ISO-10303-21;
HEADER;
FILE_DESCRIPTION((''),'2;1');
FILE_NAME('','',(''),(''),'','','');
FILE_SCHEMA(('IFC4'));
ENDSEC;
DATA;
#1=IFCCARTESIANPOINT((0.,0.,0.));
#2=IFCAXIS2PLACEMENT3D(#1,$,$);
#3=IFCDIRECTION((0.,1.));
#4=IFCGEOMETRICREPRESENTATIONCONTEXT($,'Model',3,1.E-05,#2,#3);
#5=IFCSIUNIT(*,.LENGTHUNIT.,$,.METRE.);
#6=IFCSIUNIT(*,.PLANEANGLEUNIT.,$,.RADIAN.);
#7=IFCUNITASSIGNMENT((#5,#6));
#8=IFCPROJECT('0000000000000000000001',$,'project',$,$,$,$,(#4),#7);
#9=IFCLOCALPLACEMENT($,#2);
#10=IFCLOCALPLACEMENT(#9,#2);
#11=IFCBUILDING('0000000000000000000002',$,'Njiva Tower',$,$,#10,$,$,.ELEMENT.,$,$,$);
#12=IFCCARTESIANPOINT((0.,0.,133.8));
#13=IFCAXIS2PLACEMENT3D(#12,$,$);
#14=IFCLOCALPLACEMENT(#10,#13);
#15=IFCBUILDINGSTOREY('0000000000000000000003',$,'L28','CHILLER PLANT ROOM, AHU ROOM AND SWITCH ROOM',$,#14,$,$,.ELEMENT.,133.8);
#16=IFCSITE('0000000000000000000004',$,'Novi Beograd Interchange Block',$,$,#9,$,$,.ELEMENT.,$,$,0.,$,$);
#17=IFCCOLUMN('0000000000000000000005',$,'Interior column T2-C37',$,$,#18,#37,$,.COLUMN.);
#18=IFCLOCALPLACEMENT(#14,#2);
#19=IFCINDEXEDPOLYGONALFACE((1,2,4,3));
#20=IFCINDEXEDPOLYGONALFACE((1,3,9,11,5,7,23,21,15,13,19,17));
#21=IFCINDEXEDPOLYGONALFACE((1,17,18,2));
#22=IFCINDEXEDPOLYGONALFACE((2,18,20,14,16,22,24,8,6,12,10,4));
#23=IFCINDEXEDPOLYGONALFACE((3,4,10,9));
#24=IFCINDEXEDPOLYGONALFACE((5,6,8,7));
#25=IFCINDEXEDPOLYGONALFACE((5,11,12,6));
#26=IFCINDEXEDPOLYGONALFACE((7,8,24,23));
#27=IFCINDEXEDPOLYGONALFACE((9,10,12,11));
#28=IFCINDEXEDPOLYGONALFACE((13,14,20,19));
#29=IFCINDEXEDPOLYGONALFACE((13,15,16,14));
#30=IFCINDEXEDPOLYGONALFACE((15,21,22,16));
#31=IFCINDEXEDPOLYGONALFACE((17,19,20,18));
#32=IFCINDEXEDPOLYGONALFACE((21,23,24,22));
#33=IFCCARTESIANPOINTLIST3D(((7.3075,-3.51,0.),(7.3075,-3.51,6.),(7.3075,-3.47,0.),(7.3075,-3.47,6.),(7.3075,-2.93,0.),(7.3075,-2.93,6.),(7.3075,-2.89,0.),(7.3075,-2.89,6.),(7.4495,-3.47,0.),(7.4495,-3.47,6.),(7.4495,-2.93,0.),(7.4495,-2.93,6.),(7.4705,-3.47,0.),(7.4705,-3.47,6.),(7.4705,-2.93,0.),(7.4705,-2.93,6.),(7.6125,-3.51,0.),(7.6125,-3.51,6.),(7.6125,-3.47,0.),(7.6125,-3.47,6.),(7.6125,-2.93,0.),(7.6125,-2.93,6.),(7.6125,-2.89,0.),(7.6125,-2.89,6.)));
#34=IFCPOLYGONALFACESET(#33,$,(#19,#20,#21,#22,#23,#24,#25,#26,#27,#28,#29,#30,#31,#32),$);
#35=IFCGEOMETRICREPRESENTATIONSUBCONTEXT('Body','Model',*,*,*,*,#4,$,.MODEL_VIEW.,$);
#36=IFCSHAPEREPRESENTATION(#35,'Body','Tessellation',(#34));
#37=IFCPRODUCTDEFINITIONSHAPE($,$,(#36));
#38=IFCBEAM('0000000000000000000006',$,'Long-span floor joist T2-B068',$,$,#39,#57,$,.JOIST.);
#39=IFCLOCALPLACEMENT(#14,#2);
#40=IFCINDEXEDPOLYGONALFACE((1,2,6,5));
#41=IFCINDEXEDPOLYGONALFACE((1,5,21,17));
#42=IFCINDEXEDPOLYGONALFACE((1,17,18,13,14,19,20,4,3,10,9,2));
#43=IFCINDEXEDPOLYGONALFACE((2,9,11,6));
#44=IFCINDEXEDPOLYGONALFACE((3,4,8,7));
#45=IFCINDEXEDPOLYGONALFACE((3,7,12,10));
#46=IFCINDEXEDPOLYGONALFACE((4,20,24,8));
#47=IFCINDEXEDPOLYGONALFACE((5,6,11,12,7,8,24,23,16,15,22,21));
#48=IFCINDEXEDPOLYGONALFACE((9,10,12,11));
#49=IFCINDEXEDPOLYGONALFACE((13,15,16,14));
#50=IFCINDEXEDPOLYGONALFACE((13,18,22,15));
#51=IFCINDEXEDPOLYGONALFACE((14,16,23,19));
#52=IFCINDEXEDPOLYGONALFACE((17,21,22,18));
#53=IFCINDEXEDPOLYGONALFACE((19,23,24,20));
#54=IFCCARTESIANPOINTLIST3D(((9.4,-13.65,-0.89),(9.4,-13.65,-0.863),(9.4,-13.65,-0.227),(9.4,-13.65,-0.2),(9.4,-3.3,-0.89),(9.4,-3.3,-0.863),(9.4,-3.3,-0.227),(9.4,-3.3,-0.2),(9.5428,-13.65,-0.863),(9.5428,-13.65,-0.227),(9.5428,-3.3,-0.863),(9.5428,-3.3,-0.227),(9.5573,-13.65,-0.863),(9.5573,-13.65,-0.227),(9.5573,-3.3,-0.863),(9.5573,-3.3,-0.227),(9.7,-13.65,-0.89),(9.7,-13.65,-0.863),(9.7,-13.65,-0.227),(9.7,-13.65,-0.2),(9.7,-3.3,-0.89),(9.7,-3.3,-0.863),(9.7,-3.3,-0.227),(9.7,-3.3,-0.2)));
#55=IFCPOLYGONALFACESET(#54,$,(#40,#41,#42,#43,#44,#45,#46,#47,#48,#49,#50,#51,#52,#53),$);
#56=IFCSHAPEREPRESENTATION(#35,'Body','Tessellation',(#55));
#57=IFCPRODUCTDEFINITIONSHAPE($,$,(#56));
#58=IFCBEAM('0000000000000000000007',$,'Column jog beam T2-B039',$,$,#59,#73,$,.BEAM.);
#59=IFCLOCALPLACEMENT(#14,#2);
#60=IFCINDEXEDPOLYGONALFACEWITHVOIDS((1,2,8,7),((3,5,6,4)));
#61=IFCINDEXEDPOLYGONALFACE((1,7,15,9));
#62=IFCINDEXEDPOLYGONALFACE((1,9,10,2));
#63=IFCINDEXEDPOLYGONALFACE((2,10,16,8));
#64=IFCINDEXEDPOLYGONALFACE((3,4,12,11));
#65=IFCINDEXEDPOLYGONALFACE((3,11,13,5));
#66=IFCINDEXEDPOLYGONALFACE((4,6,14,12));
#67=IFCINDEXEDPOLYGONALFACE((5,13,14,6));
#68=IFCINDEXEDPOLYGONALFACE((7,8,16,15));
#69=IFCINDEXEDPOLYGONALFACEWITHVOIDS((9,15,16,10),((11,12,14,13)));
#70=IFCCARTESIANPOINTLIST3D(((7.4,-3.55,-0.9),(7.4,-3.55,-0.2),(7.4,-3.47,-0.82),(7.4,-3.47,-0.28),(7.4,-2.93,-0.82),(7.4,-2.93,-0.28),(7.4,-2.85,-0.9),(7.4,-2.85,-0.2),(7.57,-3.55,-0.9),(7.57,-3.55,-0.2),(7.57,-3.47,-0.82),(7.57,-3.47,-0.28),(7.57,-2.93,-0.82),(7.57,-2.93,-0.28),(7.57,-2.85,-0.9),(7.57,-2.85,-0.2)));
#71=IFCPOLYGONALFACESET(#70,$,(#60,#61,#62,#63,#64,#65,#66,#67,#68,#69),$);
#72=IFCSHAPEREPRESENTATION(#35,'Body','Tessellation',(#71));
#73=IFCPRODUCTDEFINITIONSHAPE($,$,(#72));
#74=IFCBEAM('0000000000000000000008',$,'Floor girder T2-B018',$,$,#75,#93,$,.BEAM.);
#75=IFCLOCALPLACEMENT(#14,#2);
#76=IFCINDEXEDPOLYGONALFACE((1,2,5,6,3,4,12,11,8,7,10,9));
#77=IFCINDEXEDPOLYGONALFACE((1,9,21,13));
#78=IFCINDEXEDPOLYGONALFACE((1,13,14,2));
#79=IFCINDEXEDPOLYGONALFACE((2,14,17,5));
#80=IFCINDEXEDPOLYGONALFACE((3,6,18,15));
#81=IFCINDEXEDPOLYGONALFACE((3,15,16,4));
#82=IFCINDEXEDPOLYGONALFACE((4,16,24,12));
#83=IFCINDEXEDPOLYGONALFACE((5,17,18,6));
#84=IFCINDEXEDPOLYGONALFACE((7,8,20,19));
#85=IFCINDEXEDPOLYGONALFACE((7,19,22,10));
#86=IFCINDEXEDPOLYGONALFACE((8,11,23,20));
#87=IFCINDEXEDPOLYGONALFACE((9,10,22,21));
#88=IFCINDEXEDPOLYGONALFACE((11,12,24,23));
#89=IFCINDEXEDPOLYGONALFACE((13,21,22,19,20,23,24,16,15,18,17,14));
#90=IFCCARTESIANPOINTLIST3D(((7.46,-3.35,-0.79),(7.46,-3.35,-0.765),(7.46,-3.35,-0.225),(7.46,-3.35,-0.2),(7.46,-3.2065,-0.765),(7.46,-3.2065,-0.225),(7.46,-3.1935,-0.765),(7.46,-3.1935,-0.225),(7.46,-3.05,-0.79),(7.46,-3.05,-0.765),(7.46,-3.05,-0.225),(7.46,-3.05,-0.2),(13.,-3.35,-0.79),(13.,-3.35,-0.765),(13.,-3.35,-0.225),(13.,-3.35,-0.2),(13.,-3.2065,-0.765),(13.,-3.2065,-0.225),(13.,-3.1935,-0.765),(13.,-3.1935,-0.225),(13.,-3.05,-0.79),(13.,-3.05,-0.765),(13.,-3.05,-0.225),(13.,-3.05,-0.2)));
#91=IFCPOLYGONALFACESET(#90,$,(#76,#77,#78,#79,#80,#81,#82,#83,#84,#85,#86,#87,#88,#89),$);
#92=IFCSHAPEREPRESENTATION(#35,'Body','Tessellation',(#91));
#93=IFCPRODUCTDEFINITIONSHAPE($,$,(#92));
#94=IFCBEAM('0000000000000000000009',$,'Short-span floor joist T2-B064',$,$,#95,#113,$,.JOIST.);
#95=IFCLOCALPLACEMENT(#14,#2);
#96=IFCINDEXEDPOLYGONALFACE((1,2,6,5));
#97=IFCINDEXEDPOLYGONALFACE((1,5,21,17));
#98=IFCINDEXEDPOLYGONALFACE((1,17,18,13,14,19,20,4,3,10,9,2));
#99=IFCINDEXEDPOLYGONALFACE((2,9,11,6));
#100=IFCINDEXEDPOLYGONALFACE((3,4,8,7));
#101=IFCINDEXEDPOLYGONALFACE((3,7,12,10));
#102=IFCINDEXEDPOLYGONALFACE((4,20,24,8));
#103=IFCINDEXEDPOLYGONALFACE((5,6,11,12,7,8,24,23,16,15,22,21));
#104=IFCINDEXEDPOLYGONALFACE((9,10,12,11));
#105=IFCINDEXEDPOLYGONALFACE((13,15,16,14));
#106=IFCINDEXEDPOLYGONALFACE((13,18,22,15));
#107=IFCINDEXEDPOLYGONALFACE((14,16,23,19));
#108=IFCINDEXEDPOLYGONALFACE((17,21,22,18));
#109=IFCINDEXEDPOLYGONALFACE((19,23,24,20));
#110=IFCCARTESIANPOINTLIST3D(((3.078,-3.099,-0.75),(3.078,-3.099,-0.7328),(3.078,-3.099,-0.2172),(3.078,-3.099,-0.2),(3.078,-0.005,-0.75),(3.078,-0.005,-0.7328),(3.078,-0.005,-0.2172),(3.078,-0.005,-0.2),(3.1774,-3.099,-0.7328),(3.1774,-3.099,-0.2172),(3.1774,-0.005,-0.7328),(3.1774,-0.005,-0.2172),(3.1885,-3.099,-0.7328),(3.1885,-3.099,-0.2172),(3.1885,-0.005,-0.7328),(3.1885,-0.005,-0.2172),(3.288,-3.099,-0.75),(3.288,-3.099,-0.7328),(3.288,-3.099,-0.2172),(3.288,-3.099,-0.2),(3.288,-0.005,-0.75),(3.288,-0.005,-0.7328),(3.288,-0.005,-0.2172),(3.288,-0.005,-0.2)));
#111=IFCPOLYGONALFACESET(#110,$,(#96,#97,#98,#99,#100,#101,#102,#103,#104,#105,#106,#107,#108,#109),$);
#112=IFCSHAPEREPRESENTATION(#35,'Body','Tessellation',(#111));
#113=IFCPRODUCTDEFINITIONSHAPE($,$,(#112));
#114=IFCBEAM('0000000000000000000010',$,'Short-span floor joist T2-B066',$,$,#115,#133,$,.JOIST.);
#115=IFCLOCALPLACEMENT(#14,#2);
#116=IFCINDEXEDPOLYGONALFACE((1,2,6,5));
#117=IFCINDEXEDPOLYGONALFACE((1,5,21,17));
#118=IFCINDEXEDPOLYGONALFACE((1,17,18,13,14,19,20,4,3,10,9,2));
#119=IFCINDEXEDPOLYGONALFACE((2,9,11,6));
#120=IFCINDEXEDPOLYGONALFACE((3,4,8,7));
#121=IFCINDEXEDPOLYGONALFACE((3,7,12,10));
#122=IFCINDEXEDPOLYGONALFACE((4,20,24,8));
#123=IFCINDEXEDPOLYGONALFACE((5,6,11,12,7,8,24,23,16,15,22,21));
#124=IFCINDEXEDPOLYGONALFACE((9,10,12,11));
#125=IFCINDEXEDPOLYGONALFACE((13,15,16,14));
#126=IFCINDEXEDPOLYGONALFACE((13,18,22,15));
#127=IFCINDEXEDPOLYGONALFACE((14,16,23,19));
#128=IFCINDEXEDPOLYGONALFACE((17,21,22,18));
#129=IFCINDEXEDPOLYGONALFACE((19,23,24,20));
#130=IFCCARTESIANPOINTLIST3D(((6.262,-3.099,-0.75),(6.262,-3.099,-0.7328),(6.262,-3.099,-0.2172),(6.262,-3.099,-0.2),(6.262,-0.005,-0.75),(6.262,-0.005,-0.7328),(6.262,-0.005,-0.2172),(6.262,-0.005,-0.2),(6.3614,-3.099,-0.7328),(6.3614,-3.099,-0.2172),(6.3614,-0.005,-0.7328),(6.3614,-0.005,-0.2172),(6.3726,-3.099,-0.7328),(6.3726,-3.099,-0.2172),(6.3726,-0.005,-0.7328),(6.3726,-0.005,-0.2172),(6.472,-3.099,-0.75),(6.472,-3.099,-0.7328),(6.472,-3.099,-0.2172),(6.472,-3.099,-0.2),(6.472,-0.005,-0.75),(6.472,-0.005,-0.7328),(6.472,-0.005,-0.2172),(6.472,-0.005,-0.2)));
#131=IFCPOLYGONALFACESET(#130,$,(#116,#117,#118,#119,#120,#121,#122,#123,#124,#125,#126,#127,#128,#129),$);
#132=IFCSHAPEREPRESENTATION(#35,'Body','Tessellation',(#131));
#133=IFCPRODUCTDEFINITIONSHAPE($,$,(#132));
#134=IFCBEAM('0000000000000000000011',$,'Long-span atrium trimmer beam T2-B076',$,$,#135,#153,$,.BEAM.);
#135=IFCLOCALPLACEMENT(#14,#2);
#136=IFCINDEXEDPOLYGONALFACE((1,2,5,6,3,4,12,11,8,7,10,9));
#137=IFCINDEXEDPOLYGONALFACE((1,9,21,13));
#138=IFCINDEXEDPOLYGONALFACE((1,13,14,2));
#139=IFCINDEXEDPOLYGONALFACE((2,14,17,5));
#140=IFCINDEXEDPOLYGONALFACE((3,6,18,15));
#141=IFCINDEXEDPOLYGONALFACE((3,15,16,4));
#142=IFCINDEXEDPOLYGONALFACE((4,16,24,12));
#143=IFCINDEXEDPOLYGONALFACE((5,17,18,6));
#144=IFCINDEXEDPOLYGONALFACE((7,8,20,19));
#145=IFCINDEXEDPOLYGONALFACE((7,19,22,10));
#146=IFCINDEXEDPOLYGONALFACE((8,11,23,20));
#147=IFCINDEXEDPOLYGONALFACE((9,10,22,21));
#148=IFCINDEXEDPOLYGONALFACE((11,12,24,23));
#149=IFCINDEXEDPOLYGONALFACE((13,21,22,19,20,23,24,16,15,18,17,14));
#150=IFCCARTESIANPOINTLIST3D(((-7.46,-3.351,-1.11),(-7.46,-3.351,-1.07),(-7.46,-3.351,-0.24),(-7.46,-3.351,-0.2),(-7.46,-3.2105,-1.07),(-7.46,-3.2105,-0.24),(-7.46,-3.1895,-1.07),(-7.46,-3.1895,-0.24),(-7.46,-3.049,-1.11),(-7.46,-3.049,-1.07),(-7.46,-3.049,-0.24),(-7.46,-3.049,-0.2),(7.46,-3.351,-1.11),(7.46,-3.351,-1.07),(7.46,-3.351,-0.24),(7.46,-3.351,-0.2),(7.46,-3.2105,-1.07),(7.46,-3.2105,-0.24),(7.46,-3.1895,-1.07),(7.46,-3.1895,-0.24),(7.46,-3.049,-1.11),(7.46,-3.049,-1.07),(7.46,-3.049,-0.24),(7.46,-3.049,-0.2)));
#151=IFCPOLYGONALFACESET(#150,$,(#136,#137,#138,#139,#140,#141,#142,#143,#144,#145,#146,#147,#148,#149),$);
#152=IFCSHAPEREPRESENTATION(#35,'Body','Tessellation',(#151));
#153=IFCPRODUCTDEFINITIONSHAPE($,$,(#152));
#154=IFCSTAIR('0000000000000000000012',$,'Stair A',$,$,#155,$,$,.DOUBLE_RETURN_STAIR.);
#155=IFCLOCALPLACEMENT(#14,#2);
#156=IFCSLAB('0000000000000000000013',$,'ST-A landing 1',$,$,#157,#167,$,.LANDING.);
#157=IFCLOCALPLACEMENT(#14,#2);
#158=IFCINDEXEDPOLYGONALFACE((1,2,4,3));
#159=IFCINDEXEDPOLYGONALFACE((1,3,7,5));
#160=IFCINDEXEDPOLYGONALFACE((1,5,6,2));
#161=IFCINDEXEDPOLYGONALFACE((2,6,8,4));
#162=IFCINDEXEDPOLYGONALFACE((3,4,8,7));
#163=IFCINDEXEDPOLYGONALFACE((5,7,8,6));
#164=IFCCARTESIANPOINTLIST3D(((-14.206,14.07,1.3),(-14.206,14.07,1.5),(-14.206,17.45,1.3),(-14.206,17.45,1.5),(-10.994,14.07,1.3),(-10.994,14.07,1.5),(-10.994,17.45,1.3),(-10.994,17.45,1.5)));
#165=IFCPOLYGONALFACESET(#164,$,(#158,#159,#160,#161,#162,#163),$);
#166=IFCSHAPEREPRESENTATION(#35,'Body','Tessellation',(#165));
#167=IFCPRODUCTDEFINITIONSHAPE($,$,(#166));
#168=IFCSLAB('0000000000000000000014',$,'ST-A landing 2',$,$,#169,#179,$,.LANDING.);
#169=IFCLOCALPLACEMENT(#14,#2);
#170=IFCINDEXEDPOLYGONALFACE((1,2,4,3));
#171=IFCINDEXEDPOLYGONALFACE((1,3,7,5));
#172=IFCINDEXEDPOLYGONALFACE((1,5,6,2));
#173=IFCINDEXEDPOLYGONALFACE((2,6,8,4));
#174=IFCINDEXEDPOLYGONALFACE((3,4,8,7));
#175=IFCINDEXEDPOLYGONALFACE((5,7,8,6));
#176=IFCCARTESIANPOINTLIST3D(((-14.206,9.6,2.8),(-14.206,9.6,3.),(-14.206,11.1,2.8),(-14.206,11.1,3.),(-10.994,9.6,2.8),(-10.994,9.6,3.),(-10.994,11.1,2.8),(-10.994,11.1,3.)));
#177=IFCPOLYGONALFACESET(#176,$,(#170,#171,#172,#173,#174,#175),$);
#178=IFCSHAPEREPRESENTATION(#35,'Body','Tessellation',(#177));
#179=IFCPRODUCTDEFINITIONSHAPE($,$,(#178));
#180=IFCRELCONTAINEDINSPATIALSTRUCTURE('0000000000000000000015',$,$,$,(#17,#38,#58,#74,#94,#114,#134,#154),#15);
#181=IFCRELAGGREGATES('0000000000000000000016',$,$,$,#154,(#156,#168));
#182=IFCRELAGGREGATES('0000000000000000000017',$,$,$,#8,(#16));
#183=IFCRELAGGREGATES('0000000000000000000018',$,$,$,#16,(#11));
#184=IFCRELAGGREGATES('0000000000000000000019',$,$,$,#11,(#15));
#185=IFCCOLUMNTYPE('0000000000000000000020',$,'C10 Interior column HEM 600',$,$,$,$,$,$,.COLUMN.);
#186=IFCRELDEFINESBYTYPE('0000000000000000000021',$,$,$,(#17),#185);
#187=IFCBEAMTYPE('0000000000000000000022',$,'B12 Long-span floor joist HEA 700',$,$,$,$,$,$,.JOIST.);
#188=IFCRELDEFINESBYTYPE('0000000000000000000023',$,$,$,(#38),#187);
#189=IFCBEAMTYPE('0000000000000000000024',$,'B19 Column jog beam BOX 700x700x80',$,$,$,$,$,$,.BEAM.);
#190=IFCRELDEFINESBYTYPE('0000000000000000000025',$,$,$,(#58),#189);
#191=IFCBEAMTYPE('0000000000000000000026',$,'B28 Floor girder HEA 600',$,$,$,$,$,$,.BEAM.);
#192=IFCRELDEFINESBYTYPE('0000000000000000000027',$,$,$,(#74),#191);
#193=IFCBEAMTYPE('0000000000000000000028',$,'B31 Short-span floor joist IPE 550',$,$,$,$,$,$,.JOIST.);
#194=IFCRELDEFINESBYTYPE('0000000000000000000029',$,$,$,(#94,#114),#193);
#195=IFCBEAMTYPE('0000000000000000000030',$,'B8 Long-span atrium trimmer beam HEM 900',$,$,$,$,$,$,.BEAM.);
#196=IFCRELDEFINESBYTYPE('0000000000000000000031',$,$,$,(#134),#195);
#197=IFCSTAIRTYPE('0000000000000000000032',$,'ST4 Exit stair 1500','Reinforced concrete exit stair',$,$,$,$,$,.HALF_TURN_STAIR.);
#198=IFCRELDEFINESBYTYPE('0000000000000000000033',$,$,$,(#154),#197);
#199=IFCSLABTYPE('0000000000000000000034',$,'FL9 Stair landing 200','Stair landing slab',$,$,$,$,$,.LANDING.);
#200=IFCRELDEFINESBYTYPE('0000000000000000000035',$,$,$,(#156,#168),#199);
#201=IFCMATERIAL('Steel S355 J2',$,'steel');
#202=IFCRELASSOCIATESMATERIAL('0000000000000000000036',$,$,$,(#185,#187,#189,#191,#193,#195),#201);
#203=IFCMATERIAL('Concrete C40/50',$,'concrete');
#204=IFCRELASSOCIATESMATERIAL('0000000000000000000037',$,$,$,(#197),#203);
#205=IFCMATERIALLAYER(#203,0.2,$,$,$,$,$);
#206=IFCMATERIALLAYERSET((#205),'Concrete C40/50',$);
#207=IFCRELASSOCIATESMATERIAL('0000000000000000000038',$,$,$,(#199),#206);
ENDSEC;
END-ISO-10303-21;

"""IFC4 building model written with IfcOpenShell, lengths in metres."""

from ifc_helpers import new_model, si_unit, direction, frame, origin, origin_2d, place, context, subcontext, project, spatial, polyline, hollow_rectangle, i_section, outline, extrude, material, layer, layer_set, material_profile, profile_set, type_object, element, aggregate, save


model = new_model("IFC4")

# Units and contexts
model_context = context("Model", 3, precision=1e-05, world=origin(), true_north=direction((0.0, 1.0)))
body_context = subcontext(model_context, "Body", "Model", "MODEL_VIEW")
ifc_project = project(units=[si_unit("LENGTHUNIT", "METRE"), si_unit("PLANEANGLEUNIT", "RADIAN")], contexts=[model_context])

# Site, building, storey
site_placement = place(None, origin())
site = spatial("IfcSite", under=ifc_project, at=site_placement, Name="Novi Beograd Interchange Block", CompositionType="ELEMENT", RefElevation=0.0)
building_placement = place(site_placement, origin())
building = spatial("IfcBuilding", under=site, at=building_placement, Name="Njiva Tower", CompositionType="ELEMENT")
storey_placement = place(building_placement, frame((0.0, 0.0, 133.8)))
storey = spatial("IfcBuildingStorey", under=building, at=storey_placement, Name="L28", Description="CHILLER PLANT ROOM, AHU ROOM AND SWITCH ROOM", CompositionType="ELEMENT", Elevation=133.8)

# Column
ifc_material_1 = material(Name="Steel S355 J2", Category="steel")
ifc_material_profile_1 = material_profile(ifc_material_1, i_section(OverallWidth=0.305, OverallDepth=0.62, WebThickness=0.021, FlangeThickness=0.04, at=origin_2d()), Name="HEM 600")
ifc_profile_set_1 = profile_set([ifc_material_profile_1], Name="Steel S355 J2")
column_type = type_object("IfcColumnType", Name="C10 Interior column HEM 600", PredefinedType="COLUMN", material=ifc_profile_set_1)
column_placement = place(storey_placement, frame((7.46, -3.2, 0.0), z_axis=(0.0, 0.0, 1.0), x_axis=(1.0, 0.0, 0.0)))
element("IfcColumn", 1, at=column_placement, inside=storey, type_object=column_type, Name="Interior column T2-C37", PredefinedType="COLUMN", context=body_context, shape_type="SweptSolid", body=[
    extrude(i_section(OverallWidth=0.305, OverallDepth=0.62, WebThickness=0.021, FlangeThickness=0.04, at=origin_2d()), origin(), (0.0, 0.0, 1.0), 6.0),
])

# Beams
ifc_material_profile_2 = material_profile(ifc_material_1, i_section(OverallWidth=0.3, OverallDepth=0.69, WebThickness=0.0145, FlangeThickness=0.027, at=origin_2d()), Name="HEA 700")
ifc_profile_set_2 = profile_set([ifc_material_profile_2], Name="Steel S355 J2")
beam_type_1 = type_object("IfcBeamType", Name="B12 Long-span floor joist HEA 700", PredefinedType="JOIST", material=ifc_profile_set_2)
beam_1_placement = place(storey_placement, frame((9.55, -3.3, -0.545), z_axis=(0.0, -1.0, 0.0), x_axis=(1.0, 0.0, 0.0)))
element("IfcBeam", 2, at=beam_1_placement, inside=storey, type_object=beam_type_1, Name="Long-span floor joist T2-B068", PredefinedType="JOIST", context=body_context, shape_type="SweptSolid", body=[
    extrude(i_section(OverallWidth=0.3, OverallDepth=0.69, WebThickness=0.0145, FlangeThickness=0.027, at=origin_2d()), origin(), (0.0, 0.0, 1.0), 10.35),
])
ifc_material_profile_3 = material_profile(ifc_material_1, hollow_rectangle(XDim=0.7, YDim=0.7, WallThickness=0.08, at=origin_2d()), Name="BOX 700x700x80")
ifc_profile_set_3 = profile_set([ifc_material_profile_3], Name="Steel S355 J2")
beam_type_2 = type_object("IfcBeamType", Name="B19 Column jog beam BOX 700x700x80", PredefinedType="BEAM", material=ifc_profile_set_3)
beam_2_placement = place(storey_placement, frame((7.57, -3.2, -0.55), z_axis=(-1.0, 0.0, 0.0), x_axis=(0.0, -1.0, 0.0)))
element("IfcBeam", 3, at=beam_2_placement, inside=storey, type_object=beam_type_2, Name="Column jog beam T2-B039", PredefinedType="BEAM", context=body_context, shape_type="SweptSolid", body=[
    extrude(hollow_rectangle(XDim=0.7, YDim=0.7, WallThickness=0.08, at=origin_2d()), origin(), (0.0, 0.0, 1.0), 0.17),
])
ifc_material_profile_4 = material_profile(ifc_material_1, i_section(OverallWidth=0.3, OverallDepth=0.59, WebThickness=0.013, FlangeThickness=0.025, at=origin_2d()), Name="HEA 600")
ifc_profile_set_4 = profile_set([ifc_material_profile_4], Name="Steel S355 J2")
beam_type_3 = type_object("IfcBeamType", Name="B28 Floor girder HEA 600", PredefinedType="BEAM", material=ifc_profile_set_4)
beam_3_placement = place(storey_placement, frame((7.46, -3.2, -0.495), z_axis=(1.0, 0.0, 0.0), x_axis=(0.0, 1.0, 0.0)))
element("IfcBeam", 4, at=beam_3_placement, inside=storey, type_object=beam_type_3, Name="Floor girder T2-B018", PredefinedType="BEAM", context=body_context, shape_type="SweptSolid", body=[
    extrude(i_section(OverallWidth=0.3, OverallDepth=0.59, WebThickness=0.013, FlangeThickness=0.025, at=origin_2d()), origin(), (0.0, 0.0, 1.0), 5.54),
])
ifc_material_profile_5 = material_profile(ifc_material_1, i_section(OverallWidth=0.21, OverallDepth=0.55, WebThickness=0.0111, FlangeThickness=0.0172, at=origin_2d()), Name="IPE 550")
ifc_profile_set_5 = profile_set([ifc_material_profile_5], Name="Steel S355 J2")
beam_type_4 = type_object("IfcBeamType", Name="B31 Short-span floor joist IPE 550", PredefinedType="JOIST", material=ifc_profile_set_5)
for number, where, z_axis, x_axis, name in (
    (5, (3.183, -0.005, -0.475), (0.0, -1.0, 0.0), (1.0, 0.0, 0.0), "Short-span floor joist T2-B064"),
    (6, (6.367, -0.005, -0.475), (0.0, -1.0, 0.0), (1.0, 0.0, 0.0), "Short-span floor joist T2-B066"),
):
    element("IfcBeam", number, at=place(storey_placement, frame(where, z_axis=z_axis, x_axis=x_axis)), inside=storey, type_object=beam_type_4, Name=name, PredefinedType="JOIST", context=body_context, shape_type="SweptSolid", body=[
        extrude(i_section(OverallWidth=0.21, OverallDepth=0.55, WebThickness=0.0111, FlangeThickness=0.0172, at=origin_2d()), origin(), (0.0, 0.0, 1.0), 3.094),
    ])
ifc_material_profile_6 = material_profile(ifc_material_1, i_section(OverallWidth=0.302, OverallDepth=0.91, WebThickness=0.021, FlangeThickness=0.04, at=origin_2d()), Name="HEM 900")
ifc_profile_set_6 = profile_set([ifc_material_profile_6], Name="Steel S355 J2")
beam_type_5 = type_object("IfcBeamType", Name="B8 Long-span atrium trimmer beam HEM 900", PredefinedType="BEAM", material=ifc_profile_set_6)
beam_4_placement = place(storey_placement, frame((7.46, -3.2, -0.655), z_axis=(-1.0, 0.0, 0.0), x_axis=(0.0, -1.0, 0.0)))
element("IfcBeam", 7, at=beam_4_placement, inside=storey, type_object=beam_type_5, Name="Long-span atrium trimmer beam T2-B076", PredefinedType="BEAM", context=body_context, shape_type="SweptSolid", body=[
    extrude(i_section(OverallWidth=0.302, OverallDepth=0.91, WebThickness=0.021, FlangeThickness=0.04, at=origin_2d()), origin(), (0.0, 0.0, 1.0), 14.92),
])

# Stair, slabs
ifc_material_2 = material(Name="Concrete C40/50", Category="concrete")
stair_type_1 = type_object("IfcStairType", Name="ST4 Exit stair 1500", Description="Reinforced concrete exit stair", PredefinedType="HALF_TURN_STAIR", material=ifc_material_2)
stair_1_placement = place(storey_placement, origin())
stair_1 = element("IfcStair", 8, at=stair_1_placement, inside=storey, type_object=stair_type_1, Name="Stair A", PredefinedType="DOUBLE_RETURN_STAIR")
ifc_layer_1 = layer(ifc_material_2, 0.2)
ifc_layer_set_1 = layer_set([ifc_layer_1], Name="Concrete C40/50")
slab_type = type_object("IfcSlabType", Name="FL9 Stair landing 200", Description="Stair landing slab", PredefinedType="LANDING", material=ifc_layer_set_1)
slab_1_placement = place(storey_placement, frame((0.0, 0.0, 1.3)))
slab_1 = element("IfcSlab", 9, at=slab_1_placement, type_object=slab_type, Name="ST-A landing 1", PredefinedType="LANDING", context=body_context, shape_type="SweptSolid", body=[
    extrude(outline(polyline([(-14.206, 14.07), (-10.994, 14.07), (-10.994, 17.45), (-14.206, 17.45), (-14.206, 14.07)])), origin(), (0.0, 0.0, 1.0), 0.2),
])
slab_2_placement = place(storey_placement, frame((0.0, 0.0, 2.8)))
slab_2 = element("IfcSlab", 10, at=slab_2_placement, type_object=slab_type, Name="ST-A landing 2", PredefinedType="LANDING", context=body_context, shape_type="SweptSolid", body=[
    extrude(outline(polyline([(-14.206, 9.6), (-10.994, 9.6), (-10.994, 11.1), (-14.206, 11.1), (-14.206, 9.6)])), origin(), (0.0, 0.0, 1.0), 0.2),
])
aggregate(stair_1, [slab_1, slab_2])

save(model, "model.ifc")
